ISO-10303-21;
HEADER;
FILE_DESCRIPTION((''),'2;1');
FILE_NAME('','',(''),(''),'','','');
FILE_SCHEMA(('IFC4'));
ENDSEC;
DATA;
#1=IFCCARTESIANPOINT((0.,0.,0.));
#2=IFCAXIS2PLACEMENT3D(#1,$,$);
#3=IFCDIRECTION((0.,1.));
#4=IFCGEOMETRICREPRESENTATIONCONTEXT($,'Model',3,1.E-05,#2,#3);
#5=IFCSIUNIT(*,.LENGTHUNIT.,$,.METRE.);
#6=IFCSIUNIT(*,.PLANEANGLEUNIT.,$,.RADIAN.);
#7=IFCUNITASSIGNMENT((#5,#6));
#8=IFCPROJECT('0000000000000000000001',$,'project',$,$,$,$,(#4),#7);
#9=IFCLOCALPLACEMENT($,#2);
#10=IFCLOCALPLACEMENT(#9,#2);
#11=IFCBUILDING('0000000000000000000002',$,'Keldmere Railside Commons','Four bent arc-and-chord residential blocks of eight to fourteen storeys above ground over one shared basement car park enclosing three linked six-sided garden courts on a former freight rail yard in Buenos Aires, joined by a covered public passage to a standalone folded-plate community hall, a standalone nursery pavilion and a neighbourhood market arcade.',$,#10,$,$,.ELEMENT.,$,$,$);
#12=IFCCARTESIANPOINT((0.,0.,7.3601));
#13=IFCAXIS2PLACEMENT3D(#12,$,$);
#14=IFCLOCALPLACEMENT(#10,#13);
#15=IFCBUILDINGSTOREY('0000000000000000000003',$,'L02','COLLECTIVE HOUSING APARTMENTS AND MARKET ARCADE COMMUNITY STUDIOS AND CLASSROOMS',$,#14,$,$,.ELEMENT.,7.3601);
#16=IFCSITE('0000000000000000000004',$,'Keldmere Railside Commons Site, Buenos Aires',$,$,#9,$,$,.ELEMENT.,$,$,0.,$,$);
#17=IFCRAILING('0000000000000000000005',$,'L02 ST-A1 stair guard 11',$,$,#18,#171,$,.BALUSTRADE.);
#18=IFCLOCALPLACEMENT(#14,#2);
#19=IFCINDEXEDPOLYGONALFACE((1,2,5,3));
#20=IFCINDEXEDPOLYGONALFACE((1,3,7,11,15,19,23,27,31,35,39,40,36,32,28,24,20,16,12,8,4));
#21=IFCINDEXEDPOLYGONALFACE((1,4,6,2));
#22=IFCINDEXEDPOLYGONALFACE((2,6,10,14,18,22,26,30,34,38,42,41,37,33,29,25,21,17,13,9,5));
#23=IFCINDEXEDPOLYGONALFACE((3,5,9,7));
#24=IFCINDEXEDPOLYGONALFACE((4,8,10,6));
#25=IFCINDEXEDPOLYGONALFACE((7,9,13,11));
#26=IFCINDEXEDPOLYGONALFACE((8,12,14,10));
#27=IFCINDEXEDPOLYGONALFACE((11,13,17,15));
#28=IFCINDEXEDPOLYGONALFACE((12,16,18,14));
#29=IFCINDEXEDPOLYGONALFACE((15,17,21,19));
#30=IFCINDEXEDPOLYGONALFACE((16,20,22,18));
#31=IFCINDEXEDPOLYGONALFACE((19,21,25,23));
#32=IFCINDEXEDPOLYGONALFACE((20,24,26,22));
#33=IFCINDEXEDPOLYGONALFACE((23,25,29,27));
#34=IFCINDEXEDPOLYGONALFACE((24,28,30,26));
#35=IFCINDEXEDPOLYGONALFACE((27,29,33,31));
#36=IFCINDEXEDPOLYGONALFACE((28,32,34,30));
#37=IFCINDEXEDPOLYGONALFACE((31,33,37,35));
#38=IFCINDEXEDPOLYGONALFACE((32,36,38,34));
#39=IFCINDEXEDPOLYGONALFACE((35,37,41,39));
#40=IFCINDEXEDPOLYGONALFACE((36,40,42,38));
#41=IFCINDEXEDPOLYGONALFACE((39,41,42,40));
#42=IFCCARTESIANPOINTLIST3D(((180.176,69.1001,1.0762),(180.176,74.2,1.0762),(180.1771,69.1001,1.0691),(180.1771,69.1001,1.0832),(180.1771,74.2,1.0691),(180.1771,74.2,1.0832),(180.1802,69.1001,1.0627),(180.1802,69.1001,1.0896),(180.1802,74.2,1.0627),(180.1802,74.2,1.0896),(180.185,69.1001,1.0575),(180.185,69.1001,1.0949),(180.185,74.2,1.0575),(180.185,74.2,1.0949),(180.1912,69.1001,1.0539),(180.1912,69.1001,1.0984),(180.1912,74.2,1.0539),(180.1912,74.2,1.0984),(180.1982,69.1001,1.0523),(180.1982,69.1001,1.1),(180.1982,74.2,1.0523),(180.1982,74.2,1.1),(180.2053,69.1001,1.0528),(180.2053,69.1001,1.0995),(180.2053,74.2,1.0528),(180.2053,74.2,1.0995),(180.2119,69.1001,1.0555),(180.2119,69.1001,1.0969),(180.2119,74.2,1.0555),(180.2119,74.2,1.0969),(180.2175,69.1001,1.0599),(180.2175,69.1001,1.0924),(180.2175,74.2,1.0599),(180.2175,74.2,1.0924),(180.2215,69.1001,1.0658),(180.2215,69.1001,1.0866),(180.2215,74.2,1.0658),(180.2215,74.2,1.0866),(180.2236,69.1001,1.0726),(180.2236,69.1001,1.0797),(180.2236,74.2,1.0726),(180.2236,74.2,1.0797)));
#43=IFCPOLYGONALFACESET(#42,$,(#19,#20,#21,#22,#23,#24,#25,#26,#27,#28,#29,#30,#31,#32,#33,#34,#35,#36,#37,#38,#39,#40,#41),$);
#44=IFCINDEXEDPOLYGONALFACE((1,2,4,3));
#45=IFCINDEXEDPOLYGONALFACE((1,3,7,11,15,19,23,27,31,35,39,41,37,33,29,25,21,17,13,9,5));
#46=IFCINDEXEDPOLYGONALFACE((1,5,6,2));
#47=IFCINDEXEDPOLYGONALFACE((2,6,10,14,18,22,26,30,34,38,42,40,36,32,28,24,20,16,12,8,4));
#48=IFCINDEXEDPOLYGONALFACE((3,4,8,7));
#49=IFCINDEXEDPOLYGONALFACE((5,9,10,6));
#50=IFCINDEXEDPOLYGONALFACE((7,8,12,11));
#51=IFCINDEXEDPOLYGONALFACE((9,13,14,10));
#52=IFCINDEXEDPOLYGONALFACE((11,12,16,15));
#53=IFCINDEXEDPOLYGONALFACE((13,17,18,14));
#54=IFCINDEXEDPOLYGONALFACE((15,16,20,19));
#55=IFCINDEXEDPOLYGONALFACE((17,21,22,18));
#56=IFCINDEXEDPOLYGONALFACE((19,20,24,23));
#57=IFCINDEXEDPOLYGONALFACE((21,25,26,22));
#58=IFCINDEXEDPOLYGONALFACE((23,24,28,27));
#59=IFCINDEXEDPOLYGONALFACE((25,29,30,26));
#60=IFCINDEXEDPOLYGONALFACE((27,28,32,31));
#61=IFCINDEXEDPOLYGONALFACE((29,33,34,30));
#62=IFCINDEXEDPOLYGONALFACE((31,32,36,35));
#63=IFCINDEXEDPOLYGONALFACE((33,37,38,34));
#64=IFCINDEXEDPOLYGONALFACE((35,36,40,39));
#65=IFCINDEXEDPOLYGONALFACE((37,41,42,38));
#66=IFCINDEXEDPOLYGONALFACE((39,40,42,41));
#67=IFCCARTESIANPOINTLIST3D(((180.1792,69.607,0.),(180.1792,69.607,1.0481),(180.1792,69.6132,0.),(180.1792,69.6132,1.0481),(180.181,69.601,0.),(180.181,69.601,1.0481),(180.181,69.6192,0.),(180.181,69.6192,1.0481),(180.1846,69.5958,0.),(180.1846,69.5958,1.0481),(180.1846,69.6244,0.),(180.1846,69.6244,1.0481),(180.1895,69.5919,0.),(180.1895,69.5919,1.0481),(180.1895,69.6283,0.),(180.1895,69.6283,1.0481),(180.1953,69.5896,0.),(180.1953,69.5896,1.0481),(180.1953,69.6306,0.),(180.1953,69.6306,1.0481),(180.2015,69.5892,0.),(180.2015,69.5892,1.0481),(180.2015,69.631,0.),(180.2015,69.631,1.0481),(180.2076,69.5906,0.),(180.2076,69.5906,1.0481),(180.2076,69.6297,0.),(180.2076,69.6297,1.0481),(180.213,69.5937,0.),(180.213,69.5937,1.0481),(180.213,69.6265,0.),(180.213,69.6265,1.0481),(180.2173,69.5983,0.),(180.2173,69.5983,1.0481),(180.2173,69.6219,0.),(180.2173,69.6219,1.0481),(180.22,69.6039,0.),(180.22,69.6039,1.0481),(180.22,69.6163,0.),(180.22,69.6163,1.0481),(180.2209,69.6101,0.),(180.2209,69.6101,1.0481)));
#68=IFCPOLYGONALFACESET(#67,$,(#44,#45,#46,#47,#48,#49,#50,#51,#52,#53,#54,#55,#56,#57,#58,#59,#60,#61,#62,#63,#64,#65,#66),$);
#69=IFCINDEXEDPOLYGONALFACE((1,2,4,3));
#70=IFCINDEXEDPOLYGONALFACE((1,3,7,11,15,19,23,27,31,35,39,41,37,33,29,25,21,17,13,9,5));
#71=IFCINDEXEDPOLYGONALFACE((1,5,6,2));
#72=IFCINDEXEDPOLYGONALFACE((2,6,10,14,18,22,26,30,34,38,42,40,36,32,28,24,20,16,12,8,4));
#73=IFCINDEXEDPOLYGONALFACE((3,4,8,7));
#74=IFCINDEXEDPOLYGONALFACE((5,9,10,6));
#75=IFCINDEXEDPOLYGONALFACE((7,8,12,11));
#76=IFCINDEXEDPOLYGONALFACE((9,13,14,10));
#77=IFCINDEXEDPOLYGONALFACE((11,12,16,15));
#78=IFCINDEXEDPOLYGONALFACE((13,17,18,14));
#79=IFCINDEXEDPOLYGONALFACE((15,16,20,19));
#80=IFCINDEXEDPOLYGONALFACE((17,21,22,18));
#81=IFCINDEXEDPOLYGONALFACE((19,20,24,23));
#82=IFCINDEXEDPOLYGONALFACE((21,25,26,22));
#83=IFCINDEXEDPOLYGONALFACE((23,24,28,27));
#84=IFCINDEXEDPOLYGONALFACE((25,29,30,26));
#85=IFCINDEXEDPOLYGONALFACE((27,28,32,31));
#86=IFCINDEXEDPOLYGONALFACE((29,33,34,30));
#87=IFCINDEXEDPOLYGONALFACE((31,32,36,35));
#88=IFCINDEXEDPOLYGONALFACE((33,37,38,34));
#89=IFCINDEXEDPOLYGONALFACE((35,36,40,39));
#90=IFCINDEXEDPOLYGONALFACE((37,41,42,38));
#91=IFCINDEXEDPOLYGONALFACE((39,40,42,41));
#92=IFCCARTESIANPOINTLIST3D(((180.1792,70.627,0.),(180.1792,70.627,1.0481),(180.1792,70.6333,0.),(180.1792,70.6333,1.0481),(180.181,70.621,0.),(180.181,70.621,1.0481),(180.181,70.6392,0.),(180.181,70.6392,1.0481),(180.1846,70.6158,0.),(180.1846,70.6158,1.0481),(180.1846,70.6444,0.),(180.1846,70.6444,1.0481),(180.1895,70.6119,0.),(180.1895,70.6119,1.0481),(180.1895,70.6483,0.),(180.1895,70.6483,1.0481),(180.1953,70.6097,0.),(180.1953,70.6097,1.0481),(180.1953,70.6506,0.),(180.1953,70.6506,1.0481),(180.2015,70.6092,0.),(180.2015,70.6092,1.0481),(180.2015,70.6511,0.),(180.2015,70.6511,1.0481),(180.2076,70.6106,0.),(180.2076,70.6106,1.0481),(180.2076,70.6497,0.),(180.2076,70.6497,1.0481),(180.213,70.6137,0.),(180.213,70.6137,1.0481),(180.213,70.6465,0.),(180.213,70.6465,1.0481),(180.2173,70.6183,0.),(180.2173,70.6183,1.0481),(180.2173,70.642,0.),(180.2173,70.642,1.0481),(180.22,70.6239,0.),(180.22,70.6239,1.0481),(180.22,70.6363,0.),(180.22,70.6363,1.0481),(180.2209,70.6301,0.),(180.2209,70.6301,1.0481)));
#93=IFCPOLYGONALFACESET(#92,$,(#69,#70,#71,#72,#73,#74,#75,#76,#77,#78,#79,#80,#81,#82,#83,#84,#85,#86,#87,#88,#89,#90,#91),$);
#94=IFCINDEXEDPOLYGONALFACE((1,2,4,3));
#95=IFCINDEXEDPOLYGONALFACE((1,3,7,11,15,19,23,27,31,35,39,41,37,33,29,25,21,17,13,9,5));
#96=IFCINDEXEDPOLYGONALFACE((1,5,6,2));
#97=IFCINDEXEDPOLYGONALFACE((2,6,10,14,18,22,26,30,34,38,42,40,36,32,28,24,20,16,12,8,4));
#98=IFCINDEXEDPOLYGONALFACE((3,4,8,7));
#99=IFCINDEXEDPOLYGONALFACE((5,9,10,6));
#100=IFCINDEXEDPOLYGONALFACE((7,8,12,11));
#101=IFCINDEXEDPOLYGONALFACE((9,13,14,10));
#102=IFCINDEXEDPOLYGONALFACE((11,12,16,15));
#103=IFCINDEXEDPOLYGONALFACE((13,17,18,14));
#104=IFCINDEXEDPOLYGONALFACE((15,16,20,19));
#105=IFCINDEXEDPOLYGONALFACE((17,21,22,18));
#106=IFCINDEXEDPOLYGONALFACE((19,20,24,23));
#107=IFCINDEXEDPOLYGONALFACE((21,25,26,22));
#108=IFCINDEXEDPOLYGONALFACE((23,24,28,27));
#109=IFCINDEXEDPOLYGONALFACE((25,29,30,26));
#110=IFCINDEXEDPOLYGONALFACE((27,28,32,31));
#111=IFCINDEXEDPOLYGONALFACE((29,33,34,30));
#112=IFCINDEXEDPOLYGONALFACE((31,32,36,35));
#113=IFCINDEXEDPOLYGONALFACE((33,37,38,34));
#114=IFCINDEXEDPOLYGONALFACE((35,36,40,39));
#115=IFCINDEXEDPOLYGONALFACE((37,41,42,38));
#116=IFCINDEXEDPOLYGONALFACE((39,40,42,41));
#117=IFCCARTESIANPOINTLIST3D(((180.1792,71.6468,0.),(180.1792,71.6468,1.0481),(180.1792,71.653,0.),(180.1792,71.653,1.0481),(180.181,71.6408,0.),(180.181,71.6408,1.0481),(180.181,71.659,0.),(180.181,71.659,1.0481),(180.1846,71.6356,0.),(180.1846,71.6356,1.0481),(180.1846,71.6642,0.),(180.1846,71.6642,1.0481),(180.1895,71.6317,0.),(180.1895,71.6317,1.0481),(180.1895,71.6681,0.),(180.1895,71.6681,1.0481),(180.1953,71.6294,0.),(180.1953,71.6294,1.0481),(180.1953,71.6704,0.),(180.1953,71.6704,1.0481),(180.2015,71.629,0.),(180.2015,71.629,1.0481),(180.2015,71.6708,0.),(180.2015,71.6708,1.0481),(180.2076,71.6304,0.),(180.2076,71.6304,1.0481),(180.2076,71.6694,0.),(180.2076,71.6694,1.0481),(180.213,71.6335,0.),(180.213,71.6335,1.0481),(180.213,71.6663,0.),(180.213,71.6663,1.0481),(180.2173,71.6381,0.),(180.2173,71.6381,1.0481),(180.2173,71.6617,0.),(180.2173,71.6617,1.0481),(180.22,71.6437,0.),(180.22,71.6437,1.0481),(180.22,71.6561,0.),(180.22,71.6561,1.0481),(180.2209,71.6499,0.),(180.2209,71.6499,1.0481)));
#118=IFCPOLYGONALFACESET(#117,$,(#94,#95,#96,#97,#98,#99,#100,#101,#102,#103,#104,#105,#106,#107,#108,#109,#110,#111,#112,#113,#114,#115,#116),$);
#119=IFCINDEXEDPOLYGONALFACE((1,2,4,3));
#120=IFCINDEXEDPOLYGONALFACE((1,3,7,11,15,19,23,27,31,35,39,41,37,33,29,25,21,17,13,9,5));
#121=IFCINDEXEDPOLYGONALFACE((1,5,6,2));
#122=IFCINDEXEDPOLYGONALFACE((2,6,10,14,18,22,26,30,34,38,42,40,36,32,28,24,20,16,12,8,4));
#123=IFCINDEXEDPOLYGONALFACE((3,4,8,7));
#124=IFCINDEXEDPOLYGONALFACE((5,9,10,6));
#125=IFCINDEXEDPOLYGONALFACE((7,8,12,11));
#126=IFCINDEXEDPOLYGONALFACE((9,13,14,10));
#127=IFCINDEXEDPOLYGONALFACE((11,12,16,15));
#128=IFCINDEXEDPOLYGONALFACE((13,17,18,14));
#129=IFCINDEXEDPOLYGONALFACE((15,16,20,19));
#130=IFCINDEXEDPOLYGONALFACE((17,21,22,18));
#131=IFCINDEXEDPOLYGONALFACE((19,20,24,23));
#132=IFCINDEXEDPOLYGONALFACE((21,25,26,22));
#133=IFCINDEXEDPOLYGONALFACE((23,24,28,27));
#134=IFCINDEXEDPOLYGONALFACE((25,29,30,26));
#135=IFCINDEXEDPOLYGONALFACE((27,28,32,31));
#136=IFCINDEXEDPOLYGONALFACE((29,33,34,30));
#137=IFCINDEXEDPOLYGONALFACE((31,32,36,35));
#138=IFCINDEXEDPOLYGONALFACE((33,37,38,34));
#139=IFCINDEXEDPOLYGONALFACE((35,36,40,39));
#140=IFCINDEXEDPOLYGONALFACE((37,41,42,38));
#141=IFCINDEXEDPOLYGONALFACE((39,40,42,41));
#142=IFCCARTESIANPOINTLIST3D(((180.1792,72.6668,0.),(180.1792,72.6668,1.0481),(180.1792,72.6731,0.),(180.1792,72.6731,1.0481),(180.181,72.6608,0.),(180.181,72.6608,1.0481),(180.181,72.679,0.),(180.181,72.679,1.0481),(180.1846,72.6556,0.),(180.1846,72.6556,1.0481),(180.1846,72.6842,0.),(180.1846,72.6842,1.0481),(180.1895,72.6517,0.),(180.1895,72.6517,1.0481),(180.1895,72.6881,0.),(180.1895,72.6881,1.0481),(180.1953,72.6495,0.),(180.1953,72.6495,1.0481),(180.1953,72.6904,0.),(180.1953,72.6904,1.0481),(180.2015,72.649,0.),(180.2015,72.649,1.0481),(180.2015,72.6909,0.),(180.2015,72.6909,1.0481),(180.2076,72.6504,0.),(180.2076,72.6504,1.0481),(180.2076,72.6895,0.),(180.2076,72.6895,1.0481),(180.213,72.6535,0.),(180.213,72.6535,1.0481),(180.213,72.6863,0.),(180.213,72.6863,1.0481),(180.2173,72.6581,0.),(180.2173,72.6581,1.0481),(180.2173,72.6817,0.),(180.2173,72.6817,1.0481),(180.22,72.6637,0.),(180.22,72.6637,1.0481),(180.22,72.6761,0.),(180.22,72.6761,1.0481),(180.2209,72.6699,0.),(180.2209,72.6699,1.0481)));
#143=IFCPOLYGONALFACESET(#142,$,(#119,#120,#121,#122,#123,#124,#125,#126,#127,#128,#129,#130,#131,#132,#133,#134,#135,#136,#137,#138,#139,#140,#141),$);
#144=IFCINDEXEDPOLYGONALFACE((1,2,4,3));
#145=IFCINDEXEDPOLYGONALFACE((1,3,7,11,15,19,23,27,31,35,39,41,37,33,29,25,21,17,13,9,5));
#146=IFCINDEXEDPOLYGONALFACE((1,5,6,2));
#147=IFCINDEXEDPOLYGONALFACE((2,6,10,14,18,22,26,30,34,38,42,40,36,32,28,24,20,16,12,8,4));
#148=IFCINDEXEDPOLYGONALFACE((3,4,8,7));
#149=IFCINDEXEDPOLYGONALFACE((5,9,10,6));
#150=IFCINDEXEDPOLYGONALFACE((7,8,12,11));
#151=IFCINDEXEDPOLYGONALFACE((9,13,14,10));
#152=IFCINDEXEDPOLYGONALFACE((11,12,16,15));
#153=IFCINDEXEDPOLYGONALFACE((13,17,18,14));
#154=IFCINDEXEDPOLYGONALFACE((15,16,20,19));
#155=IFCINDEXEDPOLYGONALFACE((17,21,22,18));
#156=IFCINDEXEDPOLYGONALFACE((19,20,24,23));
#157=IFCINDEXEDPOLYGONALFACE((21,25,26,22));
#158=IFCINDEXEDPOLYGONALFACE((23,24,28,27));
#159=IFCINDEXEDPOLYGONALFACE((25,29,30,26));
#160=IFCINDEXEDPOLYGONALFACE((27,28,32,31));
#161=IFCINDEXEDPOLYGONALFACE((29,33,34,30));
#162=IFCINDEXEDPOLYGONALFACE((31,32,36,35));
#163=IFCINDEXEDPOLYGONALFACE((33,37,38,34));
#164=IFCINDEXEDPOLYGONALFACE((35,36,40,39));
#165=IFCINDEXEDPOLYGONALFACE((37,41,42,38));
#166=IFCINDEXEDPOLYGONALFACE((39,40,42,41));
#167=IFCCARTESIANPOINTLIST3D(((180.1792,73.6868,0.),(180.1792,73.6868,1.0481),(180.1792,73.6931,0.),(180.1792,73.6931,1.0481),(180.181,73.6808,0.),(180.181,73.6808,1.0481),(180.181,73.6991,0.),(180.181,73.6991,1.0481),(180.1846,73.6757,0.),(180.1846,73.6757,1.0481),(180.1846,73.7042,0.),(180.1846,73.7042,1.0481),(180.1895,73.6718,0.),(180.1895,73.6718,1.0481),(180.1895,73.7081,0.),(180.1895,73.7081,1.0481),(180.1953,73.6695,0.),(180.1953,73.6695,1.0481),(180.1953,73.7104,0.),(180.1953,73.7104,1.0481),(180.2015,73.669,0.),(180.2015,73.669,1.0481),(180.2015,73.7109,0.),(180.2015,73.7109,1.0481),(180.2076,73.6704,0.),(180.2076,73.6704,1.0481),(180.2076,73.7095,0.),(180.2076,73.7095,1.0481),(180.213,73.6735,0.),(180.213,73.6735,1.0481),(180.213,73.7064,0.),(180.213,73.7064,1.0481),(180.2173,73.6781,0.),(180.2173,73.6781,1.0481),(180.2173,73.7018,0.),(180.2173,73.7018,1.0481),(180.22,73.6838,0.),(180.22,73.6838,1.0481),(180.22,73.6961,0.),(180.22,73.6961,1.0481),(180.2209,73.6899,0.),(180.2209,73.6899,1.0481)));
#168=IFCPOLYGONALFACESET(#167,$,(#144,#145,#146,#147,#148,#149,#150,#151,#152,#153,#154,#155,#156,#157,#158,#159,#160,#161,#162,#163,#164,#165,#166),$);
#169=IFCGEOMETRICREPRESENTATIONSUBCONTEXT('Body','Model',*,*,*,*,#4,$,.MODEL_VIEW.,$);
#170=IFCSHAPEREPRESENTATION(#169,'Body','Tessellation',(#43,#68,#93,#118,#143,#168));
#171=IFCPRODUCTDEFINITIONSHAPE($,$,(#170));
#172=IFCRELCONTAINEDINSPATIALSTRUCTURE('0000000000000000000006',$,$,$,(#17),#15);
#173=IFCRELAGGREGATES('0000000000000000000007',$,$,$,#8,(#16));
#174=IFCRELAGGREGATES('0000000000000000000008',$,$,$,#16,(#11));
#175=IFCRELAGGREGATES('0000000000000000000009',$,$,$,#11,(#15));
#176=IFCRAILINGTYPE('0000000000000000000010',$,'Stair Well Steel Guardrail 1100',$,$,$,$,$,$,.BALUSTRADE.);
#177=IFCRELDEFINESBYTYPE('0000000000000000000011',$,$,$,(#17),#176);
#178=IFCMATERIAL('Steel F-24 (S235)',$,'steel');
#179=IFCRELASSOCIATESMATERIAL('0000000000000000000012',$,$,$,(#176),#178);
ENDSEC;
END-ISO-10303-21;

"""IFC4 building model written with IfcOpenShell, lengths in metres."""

from ifc_helpers import new_model, si_unit, direction, frame, origin, origin_2d, place, context, subcontext, project, spatial, circle, extrude, material, type_object, element, save


model = new_model("IFC4")

# Units and contexts
model_context = context("Model", 3, precision=1e-05, world=origin(), true_north=direction((0.0, 1.0)))
body_context = subcontext(model_context, "Body", "Model", "MODEL_VIEW")
ifc_project = project(units=[si_unit("LENGTHUNIT", "METRE"), si_unit("PLANEANGLEUNIT", "RADIAN")], contexts=[model_context])

# Site, building, storey
site_placement = place(None, origin())
site = spatial("IfcSite", under=ifc_project, at=site_placement, Name="Keldmere Railside Commons Site, Buenos Aires", CompositionType="ELEMENT", RefElevation=0.0)
building_placement = place(site_placement, origin())
building = spatial("IfcBuilding", under=site, at=building_placement, Name="Keldmere Railside Commons", Description="Four bent arc-and-chord residential blocks of eight to fourteen storeys above ground over one shared basement car park enclosing three linked six-sided garden courts on a former freight rail yard in Buenos Aires, joined by a covered public passage to a standalone folded-plate community hall, a standalone nursery pavilion and a neighbourhood market arcade.", CompositionType="ELEMENT")
storey_placement = place(building_placement, frame((0.0, 0.0, 7.3601)))
storey = spatial("IfcBuildingStorey", under=building, at=storey_placement, Name="L02", Description="COLLECTIVE HOUSING APARTMENTS AND MARKET ARCADE COMMUNITY STUDIOS AND CLASSROOMS", CompositionType="ELEMENT", Elevation=7.3601)

# Shared definitions
ifc_material_1 = material(Name="Steel F-24 (S235)", Category="steel")

# Railing
railing_type_1 = type_object("IfcRailingType", Name="Stair Well Steel Guardrail 1100", PredefinedType="BALUSTRADE", material=ifc_material_1)
for number, where, name in (
    (1, (180.2, 69.1001, 0.0), "L02 ST-A1 stair guard 11"),
):
    element("IfcRailing", number, at=place(storey_placement, frame(where)), inside=storey, type_object=railing_type_1, Name=name, PredefinedType="BALUSTRADE", context=body_context, shape_type="SweptSolid", body=[
        extrude(circle(Radius=0.0239, at=origin_2d()), frame((0.0, 0.0, 1.0762), z_axis=(0.0, 1.0, 0.0), x_axis=(-1.0, 0.0, 0.0)), (0.0, 0.0, 1.0), 5.0999),
        extrude(circle(Radius=0.021, at=origin_2d()), frame((0.0, 0.51, 0.0)), (0.0, 0.0, 1.0), 1.0481),
        extrude(circle(Radius=0.021, at=origin_2d()), frame((0.0, 1.53, 0.0)), (0.0, 0.0, 1.0), 1.0481),
        extrude(circle(Radius=0.021, at=origin_2d()), frame((0.0, 2.5498, 0.0)), (0.0, 0.0, 1.0), 1.0481),
        extrude(circle(Radius=0.021, at=origin_2d()), frame((0.0, 3.5698, 0.0)), (0.0, 0.0, 1.0), 1.0481),
        extrude(circle(Radius=0.021, at=origin_2d()), frame((0.0, 4.5898, 0.0)), (0.0, 0.0, 1.0), 1.0481),
    ])

save(model, "model.ifc")
